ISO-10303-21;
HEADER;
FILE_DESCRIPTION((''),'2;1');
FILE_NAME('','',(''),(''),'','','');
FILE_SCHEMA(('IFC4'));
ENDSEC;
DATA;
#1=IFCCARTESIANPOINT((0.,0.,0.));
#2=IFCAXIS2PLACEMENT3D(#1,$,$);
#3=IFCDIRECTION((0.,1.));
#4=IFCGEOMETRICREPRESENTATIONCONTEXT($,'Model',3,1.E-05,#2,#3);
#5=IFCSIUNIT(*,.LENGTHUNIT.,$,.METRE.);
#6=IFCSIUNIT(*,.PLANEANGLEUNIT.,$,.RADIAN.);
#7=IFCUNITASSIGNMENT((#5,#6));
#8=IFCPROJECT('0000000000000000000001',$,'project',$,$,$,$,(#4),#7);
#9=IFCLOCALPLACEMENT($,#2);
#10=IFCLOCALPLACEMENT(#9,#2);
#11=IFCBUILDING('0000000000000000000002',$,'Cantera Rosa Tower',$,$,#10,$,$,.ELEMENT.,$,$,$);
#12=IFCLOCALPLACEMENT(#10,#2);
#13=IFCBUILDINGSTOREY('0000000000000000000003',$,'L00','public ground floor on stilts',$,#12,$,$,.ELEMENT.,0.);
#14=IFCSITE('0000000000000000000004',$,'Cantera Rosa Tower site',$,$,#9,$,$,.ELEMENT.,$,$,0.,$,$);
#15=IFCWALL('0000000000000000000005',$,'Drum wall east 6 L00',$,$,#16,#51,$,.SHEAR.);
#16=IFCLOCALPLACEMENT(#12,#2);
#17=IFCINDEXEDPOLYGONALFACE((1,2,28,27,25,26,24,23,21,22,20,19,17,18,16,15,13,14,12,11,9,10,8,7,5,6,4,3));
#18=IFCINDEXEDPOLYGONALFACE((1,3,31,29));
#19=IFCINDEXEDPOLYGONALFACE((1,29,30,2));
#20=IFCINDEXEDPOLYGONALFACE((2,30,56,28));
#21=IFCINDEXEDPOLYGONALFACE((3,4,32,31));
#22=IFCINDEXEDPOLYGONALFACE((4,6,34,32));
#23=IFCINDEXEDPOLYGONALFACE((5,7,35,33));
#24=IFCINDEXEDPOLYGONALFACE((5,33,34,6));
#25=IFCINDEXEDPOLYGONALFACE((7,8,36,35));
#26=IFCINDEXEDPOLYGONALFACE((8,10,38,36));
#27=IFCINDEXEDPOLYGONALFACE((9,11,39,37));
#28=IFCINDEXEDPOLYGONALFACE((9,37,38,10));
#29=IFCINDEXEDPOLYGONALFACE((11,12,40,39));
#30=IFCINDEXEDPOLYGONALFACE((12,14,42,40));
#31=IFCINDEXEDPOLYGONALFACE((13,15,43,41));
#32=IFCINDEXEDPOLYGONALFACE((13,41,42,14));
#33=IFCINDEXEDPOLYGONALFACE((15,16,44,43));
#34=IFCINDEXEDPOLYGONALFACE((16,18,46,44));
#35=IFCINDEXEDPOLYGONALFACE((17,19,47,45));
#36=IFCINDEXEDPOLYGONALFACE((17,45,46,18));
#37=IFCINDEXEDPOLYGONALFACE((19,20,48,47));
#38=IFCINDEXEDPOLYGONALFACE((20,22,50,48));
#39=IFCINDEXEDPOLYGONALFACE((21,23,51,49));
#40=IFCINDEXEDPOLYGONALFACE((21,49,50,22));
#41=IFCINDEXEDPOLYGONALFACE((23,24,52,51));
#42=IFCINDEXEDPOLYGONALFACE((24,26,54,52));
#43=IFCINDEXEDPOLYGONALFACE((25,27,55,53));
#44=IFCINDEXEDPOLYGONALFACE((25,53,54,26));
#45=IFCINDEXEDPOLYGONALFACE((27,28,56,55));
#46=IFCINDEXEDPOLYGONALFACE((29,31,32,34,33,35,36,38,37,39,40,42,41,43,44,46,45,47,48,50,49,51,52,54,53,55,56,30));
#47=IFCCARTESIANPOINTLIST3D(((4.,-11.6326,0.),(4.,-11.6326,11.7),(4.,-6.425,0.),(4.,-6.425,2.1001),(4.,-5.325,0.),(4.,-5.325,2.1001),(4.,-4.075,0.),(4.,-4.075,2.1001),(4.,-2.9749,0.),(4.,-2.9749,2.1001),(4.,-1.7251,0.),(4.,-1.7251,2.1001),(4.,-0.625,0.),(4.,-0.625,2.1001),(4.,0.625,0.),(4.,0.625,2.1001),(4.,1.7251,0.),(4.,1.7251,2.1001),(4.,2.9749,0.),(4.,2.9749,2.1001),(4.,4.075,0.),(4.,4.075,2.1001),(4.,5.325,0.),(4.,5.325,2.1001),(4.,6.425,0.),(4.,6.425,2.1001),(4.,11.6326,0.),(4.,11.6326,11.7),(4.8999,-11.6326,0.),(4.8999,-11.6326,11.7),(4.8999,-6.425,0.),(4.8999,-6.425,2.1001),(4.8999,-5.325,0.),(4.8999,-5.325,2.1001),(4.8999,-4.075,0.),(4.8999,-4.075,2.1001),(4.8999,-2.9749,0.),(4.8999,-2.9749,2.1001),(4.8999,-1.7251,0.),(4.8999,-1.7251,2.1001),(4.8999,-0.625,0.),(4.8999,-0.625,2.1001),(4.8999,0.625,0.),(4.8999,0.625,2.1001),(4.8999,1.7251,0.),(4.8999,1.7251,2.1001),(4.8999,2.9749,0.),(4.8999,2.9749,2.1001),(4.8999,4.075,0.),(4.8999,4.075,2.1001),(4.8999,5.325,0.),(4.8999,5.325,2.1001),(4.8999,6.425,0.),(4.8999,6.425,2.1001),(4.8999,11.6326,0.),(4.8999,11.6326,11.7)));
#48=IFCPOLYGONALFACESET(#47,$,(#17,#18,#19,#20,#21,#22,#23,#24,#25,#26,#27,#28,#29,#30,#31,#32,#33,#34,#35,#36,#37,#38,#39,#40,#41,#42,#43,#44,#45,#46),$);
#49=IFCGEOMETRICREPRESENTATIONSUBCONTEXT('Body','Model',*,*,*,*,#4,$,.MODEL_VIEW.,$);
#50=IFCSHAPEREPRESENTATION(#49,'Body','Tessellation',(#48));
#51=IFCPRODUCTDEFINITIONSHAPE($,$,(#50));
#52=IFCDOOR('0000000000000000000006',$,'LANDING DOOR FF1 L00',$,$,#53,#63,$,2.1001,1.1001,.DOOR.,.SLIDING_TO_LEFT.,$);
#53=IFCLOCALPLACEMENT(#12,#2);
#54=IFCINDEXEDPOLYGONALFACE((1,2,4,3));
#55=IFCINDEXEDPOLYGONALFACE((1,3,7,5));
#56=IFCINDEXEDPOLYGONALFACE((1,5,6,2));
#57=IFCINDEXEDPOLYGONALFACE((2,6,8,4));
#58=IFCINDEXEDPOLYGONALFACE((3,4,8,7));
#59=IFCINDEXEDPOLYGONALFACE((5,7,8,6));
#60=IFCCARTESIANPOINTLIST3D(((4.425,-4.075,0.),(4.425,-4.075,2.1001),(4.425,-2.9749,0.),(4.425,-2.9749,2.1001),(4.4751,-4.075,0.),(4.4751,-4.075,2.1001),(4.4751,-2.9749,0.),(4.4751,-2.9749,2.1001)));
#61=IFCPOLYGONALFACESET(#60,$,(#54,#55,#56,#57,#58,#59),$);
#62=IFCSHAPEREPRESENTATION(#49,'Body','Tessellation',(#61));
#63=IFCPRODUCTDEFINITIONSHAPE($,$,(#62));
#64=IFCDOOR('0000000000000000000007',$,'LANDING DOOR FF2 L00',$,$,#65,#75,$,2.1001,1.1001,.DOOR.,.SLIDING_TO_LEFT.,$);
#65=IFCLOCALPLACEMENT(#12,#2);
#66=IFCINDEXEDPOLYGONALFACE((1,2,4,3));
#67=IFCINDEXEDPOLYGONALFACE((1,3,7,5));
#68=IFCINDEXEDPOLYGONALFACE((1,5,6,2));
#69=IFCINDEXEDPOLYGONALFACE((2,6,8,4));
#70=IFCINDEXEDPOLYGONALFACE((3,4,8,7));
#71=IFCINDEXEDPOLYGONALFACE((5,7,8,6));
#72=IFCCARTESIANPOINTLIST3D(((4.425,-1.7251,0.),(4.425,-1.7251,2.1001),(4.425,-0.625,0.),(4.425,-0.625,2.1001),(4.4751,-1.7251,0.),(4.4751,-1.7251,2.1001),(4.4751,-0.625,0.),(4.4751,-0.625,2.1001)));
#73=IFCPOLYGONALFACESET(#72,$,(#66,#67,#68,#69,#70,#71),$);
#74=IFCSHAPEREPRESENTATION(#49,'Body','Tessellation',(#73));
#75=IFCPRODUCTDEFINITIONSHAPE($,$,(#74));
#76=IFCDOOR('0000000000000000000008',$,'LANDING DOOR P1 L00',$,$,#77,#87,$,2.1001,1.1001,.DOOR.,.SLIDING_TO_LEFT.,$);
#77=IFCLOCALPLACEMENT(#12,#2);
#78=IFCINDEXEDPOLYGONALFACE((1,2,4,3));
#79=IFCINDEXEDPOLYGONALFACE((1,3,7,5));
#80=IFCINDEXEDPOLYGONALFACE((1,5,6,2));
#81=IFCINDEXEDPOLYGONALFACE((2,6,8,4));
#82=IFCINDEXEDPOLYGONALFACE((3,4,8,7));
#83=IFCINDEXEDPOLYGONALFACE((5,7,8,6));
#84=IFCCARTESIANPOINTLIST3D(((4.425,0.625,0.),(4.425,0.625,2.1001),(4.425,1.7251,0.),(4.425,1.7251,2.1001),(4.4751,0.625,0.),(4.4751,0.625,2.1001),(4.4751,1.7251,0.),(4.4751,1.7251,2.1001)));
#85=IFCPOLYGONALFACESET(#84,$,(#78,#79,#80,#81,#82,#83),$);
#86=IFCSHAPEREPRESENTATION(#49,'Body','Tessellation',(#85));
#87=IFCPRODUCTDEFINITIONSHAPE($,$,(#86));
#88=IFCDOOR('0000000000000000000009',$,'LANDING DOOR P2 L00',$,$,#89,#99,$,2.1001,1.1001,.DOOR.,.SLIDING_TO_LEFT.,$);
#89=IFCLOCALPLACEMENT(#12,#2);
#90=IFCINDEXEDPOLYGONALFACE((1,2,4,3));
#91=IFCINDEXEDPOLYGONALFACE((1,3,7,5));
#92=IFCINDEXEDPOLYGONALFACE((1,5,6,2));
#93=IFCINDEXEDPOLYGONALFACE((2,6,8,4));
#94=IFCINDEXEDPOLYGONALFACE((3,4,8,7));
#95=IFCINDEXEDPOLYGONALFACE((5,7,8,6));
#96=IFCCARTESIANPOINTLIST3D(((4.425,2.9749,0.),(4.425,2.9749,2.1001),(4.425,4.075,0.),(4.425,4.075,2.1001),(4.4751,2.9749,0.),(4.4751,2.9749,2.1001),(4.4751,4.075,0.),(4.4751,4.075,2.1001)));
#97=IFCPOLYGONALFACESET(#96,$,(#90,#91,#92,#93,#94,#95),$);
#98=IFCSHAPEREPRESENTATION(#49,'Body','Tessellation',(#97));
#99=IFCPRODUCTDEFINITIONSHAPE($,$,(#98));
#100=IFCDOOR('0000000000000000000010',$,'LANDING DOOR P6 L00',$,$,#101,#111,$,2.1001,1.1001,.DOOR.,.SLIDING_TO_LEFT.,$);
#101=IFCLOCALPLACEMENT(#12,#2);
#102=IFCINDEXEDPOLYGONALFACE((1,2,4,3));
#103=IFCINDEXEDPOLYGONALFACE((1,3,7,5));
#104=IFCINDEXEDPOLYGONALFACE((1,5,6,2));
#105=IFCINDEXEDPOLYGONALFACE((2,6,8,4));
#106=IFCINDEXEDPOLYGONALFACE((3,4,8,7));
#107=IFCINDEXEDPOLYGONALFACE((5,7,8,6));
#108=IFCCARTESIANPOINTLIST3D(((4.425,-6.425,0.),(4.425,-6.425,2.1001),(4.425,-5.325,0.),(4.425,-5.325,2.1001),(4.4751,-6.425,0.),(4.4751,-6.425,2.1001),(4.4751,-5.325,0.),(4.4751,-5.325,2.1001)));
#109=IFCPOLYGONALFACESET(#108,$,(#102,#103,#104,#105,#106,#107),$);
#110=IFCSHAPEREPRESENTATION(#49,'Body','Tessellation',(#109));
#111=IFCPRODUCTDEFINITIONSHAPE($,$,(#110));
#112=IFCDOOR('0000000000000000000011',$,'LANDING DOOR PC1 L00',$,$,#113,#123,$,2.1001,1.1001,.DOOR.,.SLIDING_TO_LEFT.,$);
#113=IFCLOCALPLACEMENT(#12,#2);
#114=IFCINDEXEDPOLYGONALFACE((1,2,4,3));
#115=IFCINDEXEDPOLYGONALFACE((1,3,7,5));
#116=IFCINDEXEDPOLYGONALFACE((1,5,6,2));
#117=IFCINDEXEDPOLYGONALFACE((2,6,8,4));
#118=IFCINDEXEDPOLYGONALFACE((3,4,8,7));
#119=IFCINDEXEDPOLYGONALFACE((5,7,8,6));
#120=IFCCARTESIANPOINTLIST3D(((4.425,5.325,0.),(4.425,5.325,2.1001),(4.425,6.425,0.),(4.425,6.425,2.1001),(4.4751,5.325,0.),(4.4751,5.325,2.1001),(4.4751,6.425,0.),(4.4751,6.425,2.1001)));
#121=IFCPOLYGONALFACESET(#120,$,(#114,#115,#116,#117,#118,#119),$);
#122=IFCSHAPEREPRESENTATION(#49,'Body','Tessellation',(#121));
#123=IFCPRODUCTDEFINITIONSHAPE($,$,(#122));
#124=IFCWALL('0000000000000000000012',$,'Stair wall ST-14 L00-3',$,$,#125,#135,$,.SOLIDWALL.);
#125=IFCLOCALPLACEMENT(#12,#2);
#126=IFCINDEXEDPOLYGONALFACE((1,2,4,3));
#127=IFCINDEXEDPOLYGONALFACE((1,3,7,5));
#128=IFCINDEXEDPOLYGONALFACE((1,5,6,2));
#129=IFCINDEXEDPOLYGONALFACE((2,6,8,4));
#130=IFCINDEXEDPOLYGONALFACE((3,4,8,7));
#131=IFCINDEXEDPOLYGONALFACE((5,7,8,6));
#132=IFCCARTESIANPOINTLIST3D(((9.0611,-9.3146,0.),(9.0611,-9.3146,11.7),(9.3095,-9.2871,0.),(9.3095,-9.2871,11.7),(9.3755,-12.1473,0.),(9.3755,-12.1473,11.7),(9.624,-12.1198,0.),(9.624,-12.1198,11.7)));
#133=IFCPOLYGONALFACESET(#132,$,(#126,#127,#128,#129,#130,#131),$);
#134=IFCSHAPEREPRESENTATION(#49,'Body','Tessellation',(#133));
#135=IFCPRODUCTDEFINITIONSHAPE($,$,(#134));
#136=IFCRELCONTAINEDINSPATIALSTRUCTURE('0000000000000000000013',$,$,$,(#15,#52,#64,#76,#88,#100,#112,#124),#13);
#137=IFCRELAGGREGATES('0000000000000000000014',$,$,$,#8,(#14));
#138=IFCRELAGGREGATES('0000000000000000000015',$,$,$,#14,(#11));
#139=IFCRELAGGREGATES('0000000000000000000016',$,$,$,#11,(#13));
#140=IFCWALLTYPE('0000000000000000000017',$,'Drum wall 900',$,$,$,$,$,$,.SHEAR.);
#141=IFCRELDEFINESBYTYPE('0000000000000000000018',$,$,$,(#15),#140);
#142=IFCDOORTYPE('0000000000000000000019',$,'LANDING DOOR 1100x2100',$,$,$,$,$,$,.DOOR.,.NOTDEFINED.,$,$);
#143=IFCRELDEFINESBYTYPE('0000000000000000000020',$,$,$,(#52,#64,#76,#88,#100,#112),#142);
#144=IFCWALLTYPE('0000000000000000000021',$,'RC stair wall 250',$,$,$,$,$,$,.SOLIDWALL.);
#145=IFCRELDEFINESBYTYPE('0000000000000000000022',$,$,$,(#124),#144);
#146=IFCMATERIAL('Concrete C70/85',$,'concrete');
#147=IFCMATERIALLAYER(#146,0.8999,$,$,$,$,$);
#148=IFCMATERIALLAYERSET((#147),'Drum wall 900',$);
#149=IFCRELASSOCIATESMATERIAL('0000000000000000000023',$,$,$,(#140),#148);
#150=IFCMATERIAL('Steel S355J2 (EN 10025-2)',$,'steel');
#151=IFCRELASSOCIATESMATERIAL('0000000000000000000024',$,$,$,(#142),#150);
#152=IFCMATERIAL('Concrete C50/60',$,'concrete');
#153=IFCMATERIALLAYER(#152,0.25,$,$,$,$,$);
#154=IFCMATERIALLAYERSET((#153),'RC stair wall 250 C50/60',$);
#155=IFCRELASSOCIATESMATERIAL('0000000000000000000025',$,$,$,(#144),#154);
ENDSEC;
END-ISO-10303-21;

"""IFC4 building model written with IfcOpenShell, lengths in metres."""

from ifc_helpers import new_model, si_unit, direction, frame, frame_2d, origin, place, context, subcontext, project, spatial, rectangle, extrude, material, layer, layer_set, type_object, element, fill, save


model = new_model("IFC4")

# Units and contexts
model_context = context("Model", 3, precision=1e-05, world=origin(), true_north=direction((0.0, 1.0)))
body_context = subcontext(model_context, "Body", "Model", "MODEL_VIEW")
ifc_project = project(units=[si_unit("LENGTHUNIT", "METRE"), si_unit("PLANEANGLEUNIT", "RADIAN")], contexts=[model_context])

# Site, building, storey
site_placement = place(None, origin())
site = spatial("IfcSite", under=ifc_project, at=site_placement, Name="Cantera Rosa Tower site", CompositionType="ELEMENT", RefElevation=0.0)
building_placement = place(site_placement, origin())
building = spatial("IfcBuilding", under=site, at=building_placement, Name="Cantera Rosa Tower", CompositionType="ELEMENT")
storey_placement = place(building_placement, origin())
storey = spatial("IfcBuildingStorey", under=building, at=storey_placement, Name="L00", Description="public ground floor on stilts", CompositionType="ELEMENT", Elevation=0.0)

# Wall, openings, doors
ifc_material_1 = material(Name="Concrete C70/85", Category="concrete")
ifc_layer_1 = layer(ifc_material_1, 0.8999)
ifc_layer_set_1 = layer_set([ifc_layer_1], Name="Drum wall 900")
wall_type_1 = type_object("IfcWallType", Name="Drum wall 900", PredefinedType="SHEAR", material=ifc_layer_set_1)
wall_1_placement = place(storey_placement, frame((4.45, -11.6326, 0.0), z_axis=(0.0, 0.0, 1.0), x_axis=(0.0, 1.0, 0.0)))
wall_1 = element("IfcWall", 1, at=wall_1_placement, inside=storey, type_object=wall_type_1, Name="Drum wall east 6 L00", PredefinedType="SHEAR", context=body_context, shape_type="SweptSolid", body=[
    extrude(rectangle(XDim=23.2651, YDim=0.8999, at=frame_2d((11.6326, 0.0))), origin(), (0.0, 0.0, 1.0), 11.7),
])
opening_1_placement = place(wall_1_placement, frame((7.5576, 0.0, 0.0)))
opening_1 = element("IfcOpeningElement", 2, at=opening_1_placement, cuts=wall_1, PredefinedType="OPENING", context=body_context, shape_type="SweptSolid", body=[
    extrude(rectangle(XDim=1.1001, YDim=2.1001, at=frame_2d((0.55, 1.05))), frame((0.0, 0.46, 0.0), z_axis=(0.0, -1.0, 0.0), x_axis=(1.0, 0.0, 0.0)), (0.0, 0.0, 1.0), 0.9199),
])
opening_2_placement = place(wall_1_placement, frame((9.9075, 0.0, 0.0)))
opening_2 = element("IfcOpeningElement", 3, at=opening_2_placement, cuts=wall_1, PredefinedType="OPENING", context=body_context, shape_type="SweptSolid", body=[
    extrude(rectangle(XDim=1.1001, YDim=2.1001, at=frame_2d((0.55, 1.05))), frame((0.0, 0.46, 0.0), z_axis=(0.0, -1.0, 0.0), x_axis=(1.0, 0.0, 0.0)), (0.0, 0.0, 1.0), 0.9199),
])
opening_3_placement = place(wall_1_placement, frame((12.2576, 0.0, 0.0)))
opening_3 = element("IfcOpeningElement", 4, at=opening_3_placement, cuts=wall_1, PredefinedType="OPENING", context=body_context, shape_type="SweptSolid", body=[
    extrude(rectangle(XDim=1.1001, YDim=2.1001, at=frame_2d((0.55, 1.05))), frame((0.0, 0.46, 0.0), z_axis=(0.0, -1.0, 0.0), x_axis=(1.0, 0.0, 0.0)), (0.0, 0.0, 1.0), 0.9199),
])
opening_4_placement = place(wall_1_placement, frame((14.6074, 0.0, 0.0)))
opening_4 = element("IfcOpeningElement", 5, at=opening_4_placement, cuts=wall_1, PredefinedType="OPENING", context=body_context, shape_type="SweptSolid", body=[
    extrude(rectangle(XDim=1.1001, YDim=2.1001, at=frame_2d((0.55, 1.05))), frame((0.0, 0.46, 0.0), z_axis=(0.0, -1.0, 0.0), x_axis=(1.0, 0.0, 0.0)), (0.0, 0.0, 1.0), 0.9199),
])
opening_5_placement = place(wall_1_placement, frame((5.2075, 0.0, 0.0)))
opening_5 = element("IfcOpeningElement", 6, at=opening_5_placement, cuts=wall_1, PredefinedType="OPENING", context=body_context, shape_type="SweptSolid", body=[
    extrude(rectangle(XDim=1.1001, YDim=2.1001, at=frame_2d((0.55, 1.05))), frame((0.0, 0.46, 0.0), z_axis=(0.0, -1.0, 0.0), x_axis=(1.0, 0.0, 0.0)), (0.0, 0.0, 1.0), 0.9199),
])
opening_6_placement = place(wall_1_placement, frame((16.9575, 0.0, 0.0)))
opening_6 = element("IfcOpeningElement", 7, at=opening_6_placement, cuts=wall_1, PredefinedType="OPENING", context=body_context, shape_type="SweptSolid", body=[
    extrude(rectangle(XDim=1.1001, YDim=2.1001, at=frame_2d((0.55, 1.05))), frame((0.0, 0.46, 0.0), z_axis=(0.0, -1.0, 0.0), x_axis=(1.0, 0.0, 0.0)), (0.0, 0.0, 1.0), 0.9199),
])
ifc_material_2 = material(Name="Steel S355J2 (EN 10025-2)", Category="steel")
door_type_1 = type_object("IfcDoorType", Name="LANDING DOOR 1100x2100", OperationType="NOTDEFINED", PredefinedType="DOOR", material=ifc_material_2)
door_1_placement = place(opening_1_placement, origin())
door_1 = element("IfcDoor", 8, at=door_1_placement, inside=storey, type_object=door_type_1, Name="LANDING DOOR FF1 L00", OperationType="SLIDING_TO_LEFT", OverallHeight=2.1001, OverallWidth=1.1001, PredefinedType="DOOR", context=body_context, shape_type="SweptSolid", body=[
    extrude(rectangle(XDim=1.1001, YDim=2.1001, at=frame_2d((0.55, 1.05))), frame((0.0, 0.0249, 0.0), z_axis=(0.0, -1.0, 0.0), x_axis=(1.0, 0.0, 0.0)), (0.0, 0.0, 1.0), 0.05),
])
fill(opening_1, door_1)
door_2_placement = place(opening_2_placement, origin())
door_2 = element("IfcDoor", 9, at=door_2_placement, inside=storey, type_object=door_type_1, Name="LANDING DOOR FF2 L00", OperationType="SLIDING_TO_LEFT", OverallHeight=2.1001, OverallWidth=1.1001, PredefinedType="DOOR", context=body_context, shape_type="SweptSolid", body=[
    extrude(rectangle(XDim=1.1001, YDim=2.1001, at=frame_2d((0.55, 1.05))), frame((0.0, 0.0249, 0.0), z_axis=(0.0, -1.0, 0.0), x_axis=(1.0, 0.0, 0.0)), (0.0, 0.0, 1.0), 0.05),
])
fill(opening_2, door_2)
door_3_placement = place(opening_3_placement, origin())
door_3 = element("IfcDoor", 10, at=door_3_placement, inside=storey, type_object=door_type_1, Name="LANDING DOOR P1 L00", OperationType="SLIDING_TO_LEFT", OverallHeight=2.1001, OverallWidth=1.1001, PredefinedType="DOOR", context=body_context, shape_type="SweptSolid", body=[
    extrude(rectangle(XDim=1.1001, YDim=2.1001, at=frame_2d((0.55, 1.05))), frame((0.0, 0.0249, 0.0), z_axis=(0.0, -1.0, 0.0), x_axis=(1.0, 0.0, 0.0)), (0.0, 0.0, 1.0), 0.05),
])
fill(opening_3, door_3)
door_4_placement = place(opening_4_placement, origin())
door_4 = element("IfcDoor", 11, at=door_4_placement, inside=storey, type_object=door_type_1, Name="LANDING DOOR P2 L00", OperationType="SLIDING_TO_LEFT", OverallHeight=2.1001, OverallWidth=1.1001, PredefinedType="DOOR", context=body_context, shape_type="SweptSolid", body=[
    extrude(rectangle(XDim=1.1001, YDim=2.1001, at=frame_2d((0.55, 1.05))), frame((0.0, 0.0249, 0.0), z_axis=(0.0, -1.0, 0.0), x_axis=(1.0, 0.0, 0.0)), (0.0, 0.0, 1.0), 0.05),
])
fill(opening_4, door_4)
door_5_placement = place(opening_5_placement, origin())
door_5 = element("IfcDoor", 12, at=door_5_placement, inside=storey, type_object=door_type_1, Name="LANDING DOOR P6 L00", OperationType="SLIDING_TO_LEFT", OverallHeight=2.1001, OverallWidth=1.1001, PredefinedType="DOOR", context=body_context, shape_type="SweptSolid", body=[
    extrude(rectangle(XDim=1.1001, YDim=2.1001, at=frame_2d((0.55, 1.05))), frame((0.0, 0.0249, 0.0), z_axis=(0.0, -1.0, 0.0), x_axis=(1.0, 0.0, 0.0)), (0.0, 0.0, 1.0), 0.05),
])
fill(opening_5, door_5)
door_6_placement = place(opening_6_placement, origin())
door_6 = element("IfcDoor", 13, at=door_6_placement, inside=storey, type_object=door_type_1, Name="LANDING DOOR PC1 L00", OperationType="SLIDING_TO_LEFT", OverallHeight=2.1001, OverallWidth=1.1001, PredefinedType="DOOR", context=body_context, shape_type="SweptSolid", body=[
    extrude(rectangle(XDim=1.1001, YDim=2.1001, at=frame_2d((0.55, 1.05))), frame((0.0, 0.0249, 0.0), z_axis=(0.0, -1.0, 0.0), x_axis=(1.0, 0.0, 0.0)), (0.0, 0.0, 1.0), 0.05),
])
fill(opening_6, door_6)

# Wall
ifc_material_3 = material(Name="Concrete C50/60", Category="concrete")
ifc_layer_2 = layer(ifc_material_3, 0.25)
ifc_layer_set_2 = layer_set([ifc_layer_2], Name="RC stair wall 250 C50/60")
wall_type_2 = type_object("IfcWallType", Name="RC stair wall 250", PredefinedType="SOLIDWALL", material=ifc_layer_set_2)
wall_2_placement = place(storey_placement, frame((9.4998, -12.1335, 0.0), z_axis=(0.0, 0.0, 1.0), x_axis=(-0.110328, 0.993895, 0.0)))
element("IfcWall", 14, at=wall_2_placement, inside=storey, type_object=wall_type_2, Name="Stair wall ST-14 L00-3", PredefinedType="SOLIDWALL", context=body_context, shape_type="SweptSolid", body=[
    extrude(rectangle(XDim=2.8501, YDim=0.25, at=frame_2d((1.425, 0.0))), origin(), (0.0, 0.0, 1.0), 11.7),
])

save(model, "model.ifc")
